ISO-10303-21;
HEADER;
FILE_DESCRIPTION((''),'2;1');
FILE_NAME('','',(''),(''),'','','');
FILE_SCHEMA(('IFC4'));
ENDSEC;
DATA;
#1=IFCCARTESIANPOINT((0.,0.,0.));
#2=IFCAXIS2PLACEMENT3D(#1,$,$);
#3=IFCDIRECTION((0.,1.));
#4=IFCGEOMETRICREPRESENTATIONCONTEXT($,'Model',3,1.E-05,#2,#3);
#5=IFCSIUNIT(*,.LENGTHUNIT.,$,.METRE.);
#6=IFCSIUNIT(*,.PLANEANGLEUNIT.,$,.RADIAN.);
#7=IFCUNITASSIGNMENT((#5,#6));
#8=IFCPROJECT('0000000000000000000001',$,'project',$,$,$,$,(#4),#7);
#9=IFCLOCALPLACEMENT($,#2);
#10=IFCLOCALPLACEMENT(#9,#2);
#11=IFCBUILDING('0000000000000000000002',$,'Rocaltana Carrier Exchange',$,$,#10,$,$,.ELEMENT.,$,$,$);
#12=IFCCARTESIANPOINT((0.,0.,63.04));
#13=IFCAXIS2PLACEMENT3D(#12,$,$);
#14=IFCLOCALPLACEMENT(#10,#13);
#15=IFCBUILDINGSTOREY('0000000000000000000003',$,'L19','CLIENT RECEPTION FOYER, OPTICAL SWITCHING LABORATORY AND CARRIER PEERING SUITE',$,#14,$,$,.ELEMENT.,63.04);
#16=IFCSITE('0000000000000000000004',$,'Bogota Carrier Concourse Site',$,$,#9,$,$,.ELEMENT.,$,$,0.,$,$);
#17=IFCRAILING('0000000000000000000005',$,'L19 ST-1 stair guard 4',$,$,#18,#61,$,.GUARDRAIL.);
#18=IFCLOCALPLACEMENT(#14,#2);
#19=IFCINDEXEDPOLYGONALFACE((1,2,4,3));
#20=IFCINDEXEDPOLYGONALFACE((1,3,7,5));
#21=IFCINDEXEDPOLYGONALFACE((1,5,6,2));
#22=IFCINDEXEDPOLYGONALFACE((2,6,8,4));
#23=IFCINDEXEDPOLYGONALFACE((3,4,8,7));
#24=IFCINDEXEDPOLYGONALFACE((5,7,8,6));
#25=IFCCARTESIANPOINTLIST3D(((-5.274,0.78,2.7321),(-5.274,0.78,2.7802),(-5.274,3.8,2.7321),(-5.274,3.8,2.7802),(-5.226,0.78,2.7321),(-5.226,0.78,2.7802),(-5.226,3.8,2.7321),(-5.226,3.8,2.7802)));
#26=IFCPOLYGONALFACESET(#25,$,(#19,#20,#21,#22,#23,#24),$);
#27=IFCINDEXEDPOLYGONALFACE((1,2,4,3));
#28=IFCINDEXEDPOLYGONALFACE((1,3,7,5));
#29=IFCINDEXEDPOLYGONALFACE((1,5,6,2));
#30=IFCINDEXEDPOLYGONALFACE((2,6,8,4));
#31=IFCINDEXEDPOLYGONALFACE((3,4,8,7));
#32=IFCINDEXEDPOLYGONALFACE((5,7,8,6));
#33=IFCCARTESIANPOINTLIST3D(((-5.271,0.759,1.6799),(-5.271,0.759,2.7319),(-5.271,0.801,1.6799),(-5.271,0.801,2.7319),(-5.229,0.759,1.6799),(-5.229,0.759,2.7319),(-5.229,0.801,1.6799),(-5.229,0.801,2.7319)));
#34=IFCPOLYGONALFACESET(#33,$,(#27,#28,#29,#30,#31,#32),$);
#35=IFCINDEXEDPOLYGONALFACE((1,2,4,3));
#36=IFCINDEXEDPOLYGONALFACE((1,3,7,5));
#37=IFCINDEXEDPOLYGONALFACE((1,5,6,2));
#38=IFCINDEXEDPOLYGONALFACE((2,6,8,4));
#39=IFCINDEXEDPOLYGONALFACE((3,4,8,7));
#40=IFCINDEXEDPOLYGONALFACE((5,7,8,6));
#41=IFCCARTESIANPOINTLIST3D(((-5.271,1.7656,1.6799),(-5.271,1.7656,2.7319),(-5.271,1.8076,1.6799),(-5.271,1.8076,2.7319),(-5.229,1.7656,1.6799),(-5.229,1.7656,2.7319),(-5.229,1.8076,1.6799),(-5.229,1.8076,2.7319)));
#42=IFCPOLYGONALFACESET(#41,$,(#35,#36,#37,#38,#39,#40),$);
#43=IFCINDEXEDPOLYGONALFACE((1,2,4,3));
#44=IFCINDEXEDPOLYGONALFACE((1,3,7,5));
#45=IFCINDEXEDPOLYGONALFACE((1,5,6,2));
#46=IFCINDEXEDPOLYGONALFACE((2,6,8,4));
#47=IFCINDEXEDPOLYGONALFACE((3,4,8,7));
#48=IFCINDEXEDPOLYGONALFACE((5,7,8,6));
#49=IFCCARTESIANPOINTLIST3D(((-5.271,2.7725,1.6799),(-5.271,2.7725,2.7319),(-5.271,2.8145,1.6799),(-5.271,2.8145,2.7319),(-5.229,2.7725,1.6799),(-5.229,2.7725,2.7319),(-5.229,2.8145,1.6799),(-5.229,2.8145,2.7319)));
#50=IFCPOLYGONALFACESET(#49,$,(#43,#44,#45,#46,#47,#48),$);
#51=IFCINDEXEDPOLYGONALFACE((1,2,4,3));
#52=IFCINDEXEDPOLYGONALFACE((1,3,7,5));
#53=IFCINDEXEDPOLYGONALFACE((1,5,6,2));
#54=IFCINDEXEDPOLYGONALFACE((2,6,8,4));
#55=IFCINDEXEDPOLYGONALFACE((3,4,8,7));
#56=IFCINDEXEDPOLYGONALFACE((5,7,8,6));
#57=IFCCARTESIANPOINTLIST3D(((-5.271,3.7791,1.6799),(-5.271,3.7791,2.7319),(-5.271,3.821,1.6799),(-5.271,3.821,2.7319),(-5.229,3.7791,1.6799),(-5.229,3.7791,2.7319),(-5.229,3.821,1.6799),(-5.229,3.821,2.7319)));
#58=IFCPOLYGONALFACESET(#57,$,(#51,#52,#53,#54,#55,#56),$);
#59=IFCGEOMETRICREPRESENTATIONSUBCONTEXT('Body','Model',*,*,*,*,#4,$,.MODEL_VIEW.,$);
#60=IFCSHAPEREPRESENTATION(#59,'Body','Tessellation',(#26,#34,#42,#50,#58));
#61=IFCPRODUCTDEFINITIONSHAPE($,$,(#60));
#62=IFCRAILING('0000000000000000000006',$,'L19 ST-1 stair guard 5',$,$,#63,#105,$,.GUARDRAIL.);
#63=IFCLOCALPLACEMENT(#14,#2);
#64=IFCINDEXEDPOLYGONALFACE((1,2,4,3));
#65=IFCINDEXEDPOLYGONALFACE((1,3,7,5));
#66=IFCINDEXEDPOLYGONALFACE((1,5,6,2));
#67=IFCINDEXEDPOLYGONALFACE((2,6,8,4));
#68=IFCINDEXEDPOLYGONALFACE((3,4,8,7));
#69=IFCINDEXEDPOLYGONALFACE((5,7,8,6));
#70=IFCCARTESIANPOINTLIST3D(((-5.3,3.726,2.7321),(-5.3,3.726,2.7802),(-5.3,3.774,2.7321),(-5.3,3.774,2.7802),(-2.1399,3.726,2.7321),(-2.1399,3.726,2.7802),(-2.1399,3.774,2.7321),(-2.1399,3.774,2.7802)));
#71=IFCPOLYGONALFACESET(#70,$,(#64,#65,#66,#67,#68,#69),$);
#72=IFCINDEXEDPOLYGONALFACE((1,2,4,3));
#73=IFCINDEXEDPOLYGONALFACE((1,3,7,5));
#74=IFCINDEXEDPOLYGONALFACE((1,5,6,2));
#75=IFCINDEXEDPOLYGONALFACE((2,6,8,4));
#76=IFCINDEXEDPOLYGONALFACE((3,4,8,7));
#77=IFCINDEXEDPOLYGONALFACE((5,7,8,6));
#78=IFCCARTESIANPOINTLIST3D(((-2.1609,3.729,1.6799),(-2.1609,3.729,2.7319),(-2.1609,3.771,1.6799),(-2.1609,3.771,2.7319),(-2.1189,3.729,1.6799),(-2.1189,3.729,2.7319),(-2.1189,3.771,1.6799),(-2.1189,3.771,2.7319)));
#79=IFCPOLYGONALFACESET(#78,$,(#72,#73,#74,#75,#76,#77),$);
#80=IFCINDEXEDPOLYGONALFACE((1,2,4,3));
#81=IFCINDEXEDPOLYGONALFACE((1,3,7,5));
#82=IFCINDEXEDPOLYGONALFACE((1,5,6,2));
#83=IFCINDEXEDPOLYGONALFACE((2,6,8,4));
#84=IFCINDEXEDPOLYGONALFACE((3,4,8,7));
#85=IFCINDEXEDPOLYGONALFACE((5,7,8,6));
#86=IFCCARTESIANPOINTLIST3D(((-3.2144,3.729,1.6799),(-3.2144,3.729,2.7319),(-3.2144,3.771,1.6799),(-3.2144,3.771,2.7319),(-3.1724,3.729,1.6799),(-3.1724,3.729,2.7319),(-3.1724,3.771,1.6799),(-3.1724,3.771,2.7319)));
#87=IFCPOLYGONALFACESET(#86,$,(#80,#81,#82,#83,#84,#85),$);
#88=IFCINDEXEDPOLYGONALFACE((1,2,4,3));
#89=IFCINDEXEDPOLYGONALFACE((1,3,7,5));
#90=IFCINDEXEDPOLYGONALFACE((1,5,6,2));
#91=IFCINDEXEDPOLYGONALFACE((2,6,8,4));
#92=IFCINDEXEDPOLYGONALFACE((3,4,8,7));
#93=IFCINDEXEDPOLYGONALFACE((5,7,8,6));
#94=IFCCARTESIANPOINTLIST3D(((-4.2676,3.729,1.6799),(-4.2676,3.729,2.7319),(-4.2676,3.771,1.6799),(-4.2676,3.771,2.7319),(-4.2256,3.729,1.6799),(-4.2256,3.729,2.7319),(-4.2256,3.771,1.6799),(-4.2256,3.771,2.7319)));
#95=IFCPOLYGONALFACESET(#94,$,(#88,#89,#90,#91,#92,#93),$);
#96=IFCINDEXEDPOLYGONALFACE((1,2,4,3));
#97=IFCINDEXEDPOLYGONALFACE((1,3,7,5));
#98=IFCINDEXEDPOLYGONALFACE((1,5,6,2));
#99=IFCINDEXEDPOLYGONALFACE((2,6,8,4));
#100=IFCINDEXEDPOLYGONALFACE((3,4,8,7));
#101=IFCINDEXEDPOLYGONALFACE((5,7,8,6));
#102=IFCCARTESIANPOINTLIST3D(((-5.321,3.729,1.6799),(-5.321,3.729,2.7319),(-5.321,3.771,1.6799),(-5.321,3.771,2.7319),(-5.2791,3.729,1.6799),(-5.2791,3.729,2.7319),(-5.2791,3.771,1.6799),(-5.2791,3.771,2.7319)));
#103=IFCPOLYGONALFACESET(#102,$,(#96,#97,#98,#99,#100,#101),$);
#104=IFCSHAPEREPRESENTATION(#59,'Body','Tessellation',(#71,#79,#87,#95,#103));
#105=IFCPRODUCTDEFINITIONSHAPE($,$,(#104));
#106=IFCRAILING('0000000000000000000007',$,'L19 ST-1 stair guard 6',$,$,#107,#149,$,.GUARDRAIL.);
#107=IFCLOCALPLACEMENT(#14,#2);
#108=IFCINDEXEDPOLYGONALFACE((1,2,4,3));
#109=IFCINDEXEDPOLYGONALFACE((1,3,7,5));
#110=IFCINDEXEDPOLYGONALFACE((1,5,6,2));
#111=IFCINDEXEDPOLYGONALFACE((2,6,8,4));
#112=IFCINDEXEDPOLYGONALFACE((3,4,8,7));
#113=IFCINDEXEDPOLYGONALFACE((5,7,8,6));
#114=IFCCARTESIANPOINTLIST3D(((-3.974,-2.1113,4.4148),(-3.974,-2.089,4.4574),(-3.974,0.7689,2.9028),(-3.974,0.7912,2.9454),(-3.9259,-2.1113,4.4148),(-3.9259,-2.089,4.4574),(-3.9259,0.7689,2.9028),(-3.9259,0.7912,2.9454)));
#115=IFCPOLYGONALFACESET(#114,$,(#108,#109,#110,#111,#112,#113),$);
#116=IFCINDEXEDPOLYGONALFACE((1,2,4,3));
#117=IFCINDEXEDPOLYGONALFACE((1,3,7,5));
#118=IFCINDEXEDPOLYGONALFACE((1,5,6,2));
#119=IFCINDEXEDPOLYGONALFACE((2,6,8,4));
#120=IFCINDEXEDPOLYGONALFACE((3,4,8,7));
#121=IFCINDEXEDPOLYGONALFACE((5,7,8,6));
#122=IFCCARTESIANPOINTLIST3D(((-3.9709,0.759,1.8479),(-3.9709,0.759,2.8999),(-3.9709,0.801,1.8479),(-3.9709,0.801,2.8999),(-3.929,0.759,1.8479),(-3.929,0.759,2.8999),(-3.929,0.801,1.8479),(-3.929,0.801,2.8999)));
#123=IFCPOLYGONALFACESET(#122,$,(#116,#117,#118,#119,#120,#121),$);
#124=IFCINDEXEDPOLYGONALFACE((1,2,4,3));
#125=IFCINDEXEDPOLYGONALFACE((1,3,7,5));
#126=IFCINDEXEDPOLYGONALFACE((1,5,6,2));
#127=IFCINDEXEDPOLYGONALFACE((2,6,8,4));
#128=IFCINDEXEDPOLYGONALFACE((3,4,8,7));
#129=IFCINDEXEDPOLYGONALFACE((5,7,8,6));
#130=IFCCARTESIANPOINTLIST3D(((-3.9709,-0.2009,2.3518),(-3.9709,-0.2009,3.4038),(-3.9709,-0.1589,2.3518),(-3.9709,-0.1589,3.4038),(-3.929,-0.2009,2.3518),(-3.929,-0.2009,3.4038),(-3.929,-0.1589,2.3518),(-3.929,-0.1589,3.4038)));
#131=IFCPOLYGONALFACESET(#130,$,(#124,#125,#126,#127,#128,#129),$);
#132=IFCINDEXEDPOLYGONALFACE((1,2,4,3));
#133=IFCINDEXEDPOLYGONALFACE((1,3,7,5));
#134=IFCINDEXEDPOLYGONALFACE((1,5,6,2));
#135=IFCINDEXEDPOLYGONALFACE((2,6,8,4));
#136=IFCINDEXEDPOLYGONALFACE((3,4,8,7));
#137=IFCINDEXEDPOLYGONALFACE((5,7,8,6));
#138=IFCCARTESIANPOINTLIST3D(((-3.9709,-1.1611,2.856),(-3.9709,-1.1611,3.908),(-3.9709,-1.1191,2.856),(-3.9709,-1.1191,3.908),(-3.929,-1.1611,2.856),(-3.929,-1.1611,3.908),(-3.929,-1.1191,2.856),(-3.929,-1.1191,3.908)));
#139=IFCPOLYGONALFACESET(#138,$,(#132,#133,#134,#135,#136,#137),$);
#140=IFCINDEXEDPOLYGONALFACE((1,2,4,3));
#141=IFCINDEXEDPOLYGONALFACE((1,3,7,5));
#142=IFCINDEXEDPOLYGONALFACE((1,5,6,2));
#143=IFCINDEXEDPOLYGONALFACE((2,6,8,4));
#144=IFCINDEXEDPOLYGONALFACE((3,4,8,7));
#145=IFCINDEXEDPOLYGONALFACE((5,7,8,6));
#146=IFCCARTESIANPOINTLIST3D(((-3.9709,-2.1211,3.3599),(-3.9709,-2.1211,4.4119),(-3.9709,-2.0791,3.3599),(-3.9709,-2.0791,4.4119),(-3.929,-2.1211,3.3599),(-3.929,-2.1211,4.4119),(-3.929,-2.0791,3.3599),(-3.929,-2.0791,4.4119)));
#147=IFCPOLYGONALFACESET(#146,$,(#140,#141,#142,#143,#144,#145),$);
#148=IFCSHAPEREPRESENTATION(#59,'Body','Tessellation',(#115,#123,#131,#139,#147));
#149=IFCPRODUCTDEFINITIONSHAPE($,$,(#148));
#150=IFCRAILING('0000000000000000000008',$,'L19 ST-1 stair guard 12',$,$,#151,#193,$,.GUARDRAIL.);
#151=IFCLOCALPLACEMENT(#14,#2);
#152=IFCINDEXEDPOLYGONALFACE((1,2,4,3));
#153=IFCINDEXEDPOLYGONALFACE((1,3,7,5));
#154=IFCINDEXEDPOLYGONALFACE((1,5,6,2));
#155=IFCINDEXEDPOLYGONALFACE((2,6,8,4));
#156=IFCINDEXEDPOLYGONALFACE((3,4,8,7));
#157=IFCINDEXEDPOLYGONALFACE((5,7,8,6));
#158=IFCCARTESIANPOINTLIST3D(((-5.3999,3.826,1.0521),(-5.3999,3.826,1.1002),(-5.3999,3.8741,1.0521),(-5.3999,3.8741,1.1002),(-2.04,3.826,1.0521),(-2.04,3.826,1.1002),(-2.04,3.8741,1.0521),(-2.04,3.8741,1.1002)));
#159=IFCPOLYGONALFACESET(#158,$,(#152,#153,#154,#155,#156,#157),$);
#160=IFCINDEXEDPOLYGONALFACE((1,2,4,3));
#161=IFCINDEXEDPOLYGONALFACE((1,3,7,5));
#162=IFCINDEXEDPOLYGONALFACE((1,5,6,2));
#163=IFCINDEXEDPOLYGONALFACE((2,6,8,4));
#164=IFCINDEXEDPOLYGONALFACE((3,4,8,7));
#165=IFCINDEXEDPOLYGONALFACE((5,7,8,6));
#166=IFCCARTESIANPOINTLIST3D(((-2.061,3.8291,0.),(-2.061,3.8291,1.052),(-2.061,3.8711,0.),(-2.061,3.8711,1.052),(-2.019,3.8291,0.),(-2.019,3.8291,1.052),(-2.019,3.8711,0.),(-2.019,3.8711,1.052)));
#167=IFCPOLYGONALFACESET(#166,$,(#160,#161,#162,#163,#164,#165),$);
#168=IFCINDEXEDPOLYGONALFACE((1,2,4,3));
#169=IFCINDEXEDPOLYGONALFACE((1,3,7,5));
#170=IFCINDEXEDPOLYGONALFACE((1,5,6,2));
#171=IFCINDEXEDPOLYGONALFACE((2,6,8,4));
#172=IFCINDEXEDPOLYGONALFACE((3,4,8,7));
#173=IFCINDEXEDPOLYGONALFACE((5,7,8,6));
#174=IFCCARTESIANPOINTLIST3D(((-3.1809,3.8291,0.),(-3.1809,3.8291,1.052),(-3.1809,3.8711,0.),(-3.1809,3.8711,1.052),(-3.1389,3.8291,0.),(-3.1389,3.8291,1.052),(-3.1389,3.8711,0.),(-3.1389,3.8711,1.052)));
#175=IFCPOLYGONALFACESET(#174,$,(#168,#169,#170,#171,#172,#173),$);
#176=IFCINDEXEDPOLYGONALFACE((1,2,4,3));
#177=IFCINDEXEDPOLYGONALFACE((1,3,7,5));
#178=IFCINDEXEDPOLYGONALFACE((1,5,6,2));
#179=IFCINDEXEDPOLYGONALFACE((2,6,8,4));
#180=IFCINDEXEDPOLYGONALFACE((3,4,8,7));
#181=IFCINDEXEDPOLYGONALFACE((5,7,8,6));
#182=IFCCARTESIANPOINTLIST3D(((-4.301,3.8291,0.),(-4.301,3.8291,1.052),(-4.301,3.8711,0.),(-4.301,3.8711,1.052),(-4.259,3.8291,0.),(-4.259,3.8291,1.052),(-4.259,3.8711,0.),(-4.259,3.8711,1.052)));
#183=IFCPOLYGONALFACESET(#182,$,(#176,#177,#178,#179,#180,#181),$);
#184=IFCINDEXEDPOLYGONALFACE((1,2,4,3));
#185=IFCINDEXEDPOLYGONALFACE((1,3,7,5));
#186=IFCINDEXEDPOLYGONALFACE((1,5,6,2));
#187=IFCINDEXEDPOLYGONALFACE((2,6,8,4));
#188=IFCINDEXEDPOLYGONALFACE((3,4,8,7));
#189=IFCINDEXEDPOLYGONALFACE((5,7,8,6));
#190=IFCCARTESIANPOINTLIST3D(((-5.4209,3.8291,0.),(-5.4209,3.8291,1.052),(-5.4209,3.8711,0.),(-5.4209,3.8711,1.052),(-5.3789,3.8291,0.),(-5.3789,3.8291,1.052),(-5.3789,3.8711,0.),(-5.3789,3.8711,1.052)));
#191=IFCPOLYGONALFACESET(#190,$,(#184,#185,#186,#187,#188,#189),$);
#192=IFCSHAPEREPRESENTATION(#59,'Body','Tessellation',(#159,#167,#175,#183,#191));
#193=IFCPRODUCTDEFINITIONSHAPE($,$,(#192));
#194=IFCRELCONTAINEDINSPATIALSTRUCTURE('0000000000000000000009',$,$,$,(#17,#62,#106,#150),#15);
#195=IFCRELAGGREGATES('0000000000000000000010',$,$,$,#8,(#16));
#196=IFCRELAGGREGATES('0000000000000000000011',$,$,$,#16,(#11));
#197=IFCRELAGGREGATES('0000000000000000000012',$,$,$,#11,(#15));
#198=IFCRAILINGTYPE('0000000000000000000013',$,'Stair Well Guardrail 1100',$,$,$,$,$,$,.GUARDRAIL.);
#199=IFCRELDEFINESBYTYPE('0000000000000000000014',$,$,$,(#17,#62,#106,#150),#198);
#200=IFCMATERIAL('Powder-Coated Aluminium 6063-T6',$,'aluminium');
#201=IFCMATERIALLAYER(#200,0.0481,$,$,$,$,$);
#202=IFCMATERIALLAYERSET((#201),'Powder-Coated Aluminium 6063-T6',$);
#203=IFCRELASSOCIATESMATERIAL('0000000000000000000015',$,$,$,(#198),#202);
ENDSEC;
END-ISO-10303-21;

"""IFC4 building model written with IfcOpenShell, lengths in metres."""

from ifc_helpers import new_model, si_unit, direction, frame, origin, origin_2d, place, context, subcontext, project, spatial, rectangle, extrude, material, layer, layer_set, type_object, element, save


model = new_model("IFC4")

# Units and contexts
model_context = context("Model", 3, precision=1e-05, world=origin(), true_north=direction((0.0, 1.0)))
body_context = subcontext(model_context, "Body", "Model", "MODEL_VIEW")
ifc_project = project(units=[si_unit("LENGTHUNIT", "METRE"), si_unit("PLANEANGLEUNIT", "RADIAN")], contexts=[model_context])

# Site, building, storey
site_placement = place(None, origin())
site = spatial("IfcSite", under=ifc_project, at=site_placement, Name="Bogota Carrier Concourse Site", CompositionType="ELEMENT", RefElevation=0.0)
building_placement = place(site_placement, origin())
building = spatial("IfcBuilding", under=site, at=building_placement, Name="Rocaltana Carrier Exchange", CompositionType="ELEMENT")
storey_placement = place(building_placement, frame((0.0, 0.0, 63.04)))
storey = spatial("IfcBuildingStorey", under=building, at=storey_placement, Name="L19", Description="CLIENT RECEPTION FOYER, OPTICAL SWITCHING LABORATORY AND CARRIER PEERING SUITE", CompositionType="ELEMENT", Elevation=63.04)

# Railings
ifc_material_1 = material(Name="Powder-Coated Aluminium 6063-T6", Category="aluminium")
ifc_layer_1 = layer(ifc_material_1, 0.0481)
ifc_layer_set_1 = layer_set([ifc_layer_1], Name="Powder-Coated Aluminium 6063-T6")
railing_type_1 = type_object("IfcRailingType", Name="Stair Well Guardrail 1100", PredefinedType="GUARDRAIL", material=ifc_layer_set_1)
for number, where, name in (
    (1, (-5.25, 0.78, 1.6799), "L19 ST-1 stair guard 4"),
):
    element("IfcRailing", number, at=place(storey_placement, frame(where)), inside=storey, type_object=railing_type_1, Name=name, PredefinedType="GUARDRAIL", context=body_context, shape_type="SweptSolid", body=[
        extrude(rectangle(XDim=0.0481, YDim=0.0481, at=origin_2d()), frame((0.0, 0.0, 1.0762), z_axis=(0.0, 1.0, 0.0), x_axis=(-1.0, 0.0, 0.0)), (0.0, 0.0, 1.0), 3.02),
        extrude(rectangle(XDim=0.042, YDim=0.042, at=origin_2d()), origin(), (0.0, 0.0, 1.0), 1.052),
        extrude(rectangle(XDim=0.042, YDim=0.042, at=origin_2d()), frame((0.0, 1.0066, 0.0)), (0.0, 0.0, 1.0), 1.052),
        extrude(rectangle(XDim=0.042, YDim=0.042, at=origin_2d()), frame((0.0, 2.0134, 0.0)), (0.0, 0.0, 1.0), 1.052),
        extrude(rectangle(XDim=0.042, YDim=0.042, at=origin_2d()), frame((0.0, 3.02, 0.0)), (0.0, 0.0, 1.0), 1.052),
    ])
railing_1_placement = place(storey_placement, frame((-2.1399, 3.75, 1.6799)))
element("IfcRailing", 2, at=railing_1_placement, inside=storey, type_object=railing_type_1, Name="L19 ST-1 stair guard 5", PredefinedType="GUARDRAIL", context=body_context, shape_type="SweptSolid", body=[
    extrude(rectangle(XDim=0.0481, YDim=0.0481, at=origin_2d()), frame((0.0, 0.0, 1.0762), z_axis=(-1.0, 0.0, 0.0), x_axis=(0.0, -1.0, 0.0)), (0.0, 0.0, 1.0), 3.1602),
    extrude(rectangle(XDim=0.042, YDim=0.042, at=origin_2d()), origin(), (0.0, 0.0, 1.0), 1.052),
    extrude(rectangle(XDim=0.042, YDim=0.042, at=origin_2d()), frame((-1.0535, 0.0, 0.0)), (0.0, 0.0, 1.0), 1.052),
    extrude(rectangle(XDim=0.042, YDim=0.042, at=origin_2d()), frame((-2.1067, 0.0, 0.0)), (0.0, 0.0, 1.0), 1.052),
    extrude(rectangle(XDim=0.042, YDim=0.042, at=origin_2d()), frame((-3.1602, 0.0, 0.0)), (0.0, 0.0, 1.0), 1.052),
])
railing_2_placement = place(storey_placement, frame((-3.95, 0.78, 1.8479)))
element("IfcRailing", 3, at=railing_2_placement, inside=storey, type_object=railing_type_1, Name="L19 ST-1 stair guard 6", PredefinedType="GUARDRAIL", context=body_context, shape_type="SweptSolid", body=[
    extrude(rectangle(XDim=0.0481, YDim=0.0481, at=origin_2d()), frame((0.0, 0.0, 1.0762), z_axis=(0.0, -0.885411, 0.464809), x_axis=(1.0, 0.0, 0.0)), (0.0, 0.0, 1.0), 3.2529),
    extrude(rectangle(XDim=0.042, YDim=0.042, at=origin_2d()), origin(), (0.0, 0.0, 1.0), 1.052),
    extrude(rectangle(XDim=0.042, YDim=0.042, at=origin_2d()), frame((0.0, -0.96, 0.5039)), (0.0, 0.0, 1.0), 1.052),
    extrude(rectangle(XDim=0.042, YDim=0.042, at=origin_2d()), frame((0.0, -1.9202, 1.0081)), (0.0, 0.0, 1.0), 1.052),
    extrude(rectangle(XDim=0.042, YDim=0.042, at=origin_2d()), frame((0.0, -2.8801, 1.512)), (0.0, 0.0, 1.0), 1.052),
])
railing_3_placement = place(storey_placement, frame((-2.04, 3.8501, 0.0)))
element("IfcRailing", 4, at=railing_3_placement, inside=storey, type_object=railing_type_1, Name="L19 ST-1 stair guard 12", PredefinedType="GUARDRAIL", context=body_context, shape_type="SweptSolid", body=[
    extrude(rectangle(XDim=0.0481, YDim=0.0481, at=origin_2d()), frame((0.0, 0.0, 1.0762), z_axis=(-1.0, 0.0, 0.0), x_axis=(0.0, -1.0, 0.0)), (0.0, 0.0, 1.0), 3.3599),
    extrude(rectangle(XDim=0.042, YDim=0.042, at=origin_2d()), origin(), (0.0, 0.0, 1.0), 1.052),
    extrude(rectangle(XDim=0.042, YDim=0.042, at=origin_2d()), frame((-1.1199, 0.0, 0.0)), (0.0, 0.0, 1.0), 1.052),
    extrude(rectangle(XDim=0.042, YDim=0.042, at=origin_2d()), frame((-2.24, 0.0, 0.0)), (0.0, 0.0, 1.0), 1.052),
    extrude(rectangle(XDim=0.042, YDim=0.042, at=origin_2d()), frame((-3.3599, 0.0, 0.0)), (0.0, 0.0, 1.0), 1.052),
])

save(model, "model.ifc")
